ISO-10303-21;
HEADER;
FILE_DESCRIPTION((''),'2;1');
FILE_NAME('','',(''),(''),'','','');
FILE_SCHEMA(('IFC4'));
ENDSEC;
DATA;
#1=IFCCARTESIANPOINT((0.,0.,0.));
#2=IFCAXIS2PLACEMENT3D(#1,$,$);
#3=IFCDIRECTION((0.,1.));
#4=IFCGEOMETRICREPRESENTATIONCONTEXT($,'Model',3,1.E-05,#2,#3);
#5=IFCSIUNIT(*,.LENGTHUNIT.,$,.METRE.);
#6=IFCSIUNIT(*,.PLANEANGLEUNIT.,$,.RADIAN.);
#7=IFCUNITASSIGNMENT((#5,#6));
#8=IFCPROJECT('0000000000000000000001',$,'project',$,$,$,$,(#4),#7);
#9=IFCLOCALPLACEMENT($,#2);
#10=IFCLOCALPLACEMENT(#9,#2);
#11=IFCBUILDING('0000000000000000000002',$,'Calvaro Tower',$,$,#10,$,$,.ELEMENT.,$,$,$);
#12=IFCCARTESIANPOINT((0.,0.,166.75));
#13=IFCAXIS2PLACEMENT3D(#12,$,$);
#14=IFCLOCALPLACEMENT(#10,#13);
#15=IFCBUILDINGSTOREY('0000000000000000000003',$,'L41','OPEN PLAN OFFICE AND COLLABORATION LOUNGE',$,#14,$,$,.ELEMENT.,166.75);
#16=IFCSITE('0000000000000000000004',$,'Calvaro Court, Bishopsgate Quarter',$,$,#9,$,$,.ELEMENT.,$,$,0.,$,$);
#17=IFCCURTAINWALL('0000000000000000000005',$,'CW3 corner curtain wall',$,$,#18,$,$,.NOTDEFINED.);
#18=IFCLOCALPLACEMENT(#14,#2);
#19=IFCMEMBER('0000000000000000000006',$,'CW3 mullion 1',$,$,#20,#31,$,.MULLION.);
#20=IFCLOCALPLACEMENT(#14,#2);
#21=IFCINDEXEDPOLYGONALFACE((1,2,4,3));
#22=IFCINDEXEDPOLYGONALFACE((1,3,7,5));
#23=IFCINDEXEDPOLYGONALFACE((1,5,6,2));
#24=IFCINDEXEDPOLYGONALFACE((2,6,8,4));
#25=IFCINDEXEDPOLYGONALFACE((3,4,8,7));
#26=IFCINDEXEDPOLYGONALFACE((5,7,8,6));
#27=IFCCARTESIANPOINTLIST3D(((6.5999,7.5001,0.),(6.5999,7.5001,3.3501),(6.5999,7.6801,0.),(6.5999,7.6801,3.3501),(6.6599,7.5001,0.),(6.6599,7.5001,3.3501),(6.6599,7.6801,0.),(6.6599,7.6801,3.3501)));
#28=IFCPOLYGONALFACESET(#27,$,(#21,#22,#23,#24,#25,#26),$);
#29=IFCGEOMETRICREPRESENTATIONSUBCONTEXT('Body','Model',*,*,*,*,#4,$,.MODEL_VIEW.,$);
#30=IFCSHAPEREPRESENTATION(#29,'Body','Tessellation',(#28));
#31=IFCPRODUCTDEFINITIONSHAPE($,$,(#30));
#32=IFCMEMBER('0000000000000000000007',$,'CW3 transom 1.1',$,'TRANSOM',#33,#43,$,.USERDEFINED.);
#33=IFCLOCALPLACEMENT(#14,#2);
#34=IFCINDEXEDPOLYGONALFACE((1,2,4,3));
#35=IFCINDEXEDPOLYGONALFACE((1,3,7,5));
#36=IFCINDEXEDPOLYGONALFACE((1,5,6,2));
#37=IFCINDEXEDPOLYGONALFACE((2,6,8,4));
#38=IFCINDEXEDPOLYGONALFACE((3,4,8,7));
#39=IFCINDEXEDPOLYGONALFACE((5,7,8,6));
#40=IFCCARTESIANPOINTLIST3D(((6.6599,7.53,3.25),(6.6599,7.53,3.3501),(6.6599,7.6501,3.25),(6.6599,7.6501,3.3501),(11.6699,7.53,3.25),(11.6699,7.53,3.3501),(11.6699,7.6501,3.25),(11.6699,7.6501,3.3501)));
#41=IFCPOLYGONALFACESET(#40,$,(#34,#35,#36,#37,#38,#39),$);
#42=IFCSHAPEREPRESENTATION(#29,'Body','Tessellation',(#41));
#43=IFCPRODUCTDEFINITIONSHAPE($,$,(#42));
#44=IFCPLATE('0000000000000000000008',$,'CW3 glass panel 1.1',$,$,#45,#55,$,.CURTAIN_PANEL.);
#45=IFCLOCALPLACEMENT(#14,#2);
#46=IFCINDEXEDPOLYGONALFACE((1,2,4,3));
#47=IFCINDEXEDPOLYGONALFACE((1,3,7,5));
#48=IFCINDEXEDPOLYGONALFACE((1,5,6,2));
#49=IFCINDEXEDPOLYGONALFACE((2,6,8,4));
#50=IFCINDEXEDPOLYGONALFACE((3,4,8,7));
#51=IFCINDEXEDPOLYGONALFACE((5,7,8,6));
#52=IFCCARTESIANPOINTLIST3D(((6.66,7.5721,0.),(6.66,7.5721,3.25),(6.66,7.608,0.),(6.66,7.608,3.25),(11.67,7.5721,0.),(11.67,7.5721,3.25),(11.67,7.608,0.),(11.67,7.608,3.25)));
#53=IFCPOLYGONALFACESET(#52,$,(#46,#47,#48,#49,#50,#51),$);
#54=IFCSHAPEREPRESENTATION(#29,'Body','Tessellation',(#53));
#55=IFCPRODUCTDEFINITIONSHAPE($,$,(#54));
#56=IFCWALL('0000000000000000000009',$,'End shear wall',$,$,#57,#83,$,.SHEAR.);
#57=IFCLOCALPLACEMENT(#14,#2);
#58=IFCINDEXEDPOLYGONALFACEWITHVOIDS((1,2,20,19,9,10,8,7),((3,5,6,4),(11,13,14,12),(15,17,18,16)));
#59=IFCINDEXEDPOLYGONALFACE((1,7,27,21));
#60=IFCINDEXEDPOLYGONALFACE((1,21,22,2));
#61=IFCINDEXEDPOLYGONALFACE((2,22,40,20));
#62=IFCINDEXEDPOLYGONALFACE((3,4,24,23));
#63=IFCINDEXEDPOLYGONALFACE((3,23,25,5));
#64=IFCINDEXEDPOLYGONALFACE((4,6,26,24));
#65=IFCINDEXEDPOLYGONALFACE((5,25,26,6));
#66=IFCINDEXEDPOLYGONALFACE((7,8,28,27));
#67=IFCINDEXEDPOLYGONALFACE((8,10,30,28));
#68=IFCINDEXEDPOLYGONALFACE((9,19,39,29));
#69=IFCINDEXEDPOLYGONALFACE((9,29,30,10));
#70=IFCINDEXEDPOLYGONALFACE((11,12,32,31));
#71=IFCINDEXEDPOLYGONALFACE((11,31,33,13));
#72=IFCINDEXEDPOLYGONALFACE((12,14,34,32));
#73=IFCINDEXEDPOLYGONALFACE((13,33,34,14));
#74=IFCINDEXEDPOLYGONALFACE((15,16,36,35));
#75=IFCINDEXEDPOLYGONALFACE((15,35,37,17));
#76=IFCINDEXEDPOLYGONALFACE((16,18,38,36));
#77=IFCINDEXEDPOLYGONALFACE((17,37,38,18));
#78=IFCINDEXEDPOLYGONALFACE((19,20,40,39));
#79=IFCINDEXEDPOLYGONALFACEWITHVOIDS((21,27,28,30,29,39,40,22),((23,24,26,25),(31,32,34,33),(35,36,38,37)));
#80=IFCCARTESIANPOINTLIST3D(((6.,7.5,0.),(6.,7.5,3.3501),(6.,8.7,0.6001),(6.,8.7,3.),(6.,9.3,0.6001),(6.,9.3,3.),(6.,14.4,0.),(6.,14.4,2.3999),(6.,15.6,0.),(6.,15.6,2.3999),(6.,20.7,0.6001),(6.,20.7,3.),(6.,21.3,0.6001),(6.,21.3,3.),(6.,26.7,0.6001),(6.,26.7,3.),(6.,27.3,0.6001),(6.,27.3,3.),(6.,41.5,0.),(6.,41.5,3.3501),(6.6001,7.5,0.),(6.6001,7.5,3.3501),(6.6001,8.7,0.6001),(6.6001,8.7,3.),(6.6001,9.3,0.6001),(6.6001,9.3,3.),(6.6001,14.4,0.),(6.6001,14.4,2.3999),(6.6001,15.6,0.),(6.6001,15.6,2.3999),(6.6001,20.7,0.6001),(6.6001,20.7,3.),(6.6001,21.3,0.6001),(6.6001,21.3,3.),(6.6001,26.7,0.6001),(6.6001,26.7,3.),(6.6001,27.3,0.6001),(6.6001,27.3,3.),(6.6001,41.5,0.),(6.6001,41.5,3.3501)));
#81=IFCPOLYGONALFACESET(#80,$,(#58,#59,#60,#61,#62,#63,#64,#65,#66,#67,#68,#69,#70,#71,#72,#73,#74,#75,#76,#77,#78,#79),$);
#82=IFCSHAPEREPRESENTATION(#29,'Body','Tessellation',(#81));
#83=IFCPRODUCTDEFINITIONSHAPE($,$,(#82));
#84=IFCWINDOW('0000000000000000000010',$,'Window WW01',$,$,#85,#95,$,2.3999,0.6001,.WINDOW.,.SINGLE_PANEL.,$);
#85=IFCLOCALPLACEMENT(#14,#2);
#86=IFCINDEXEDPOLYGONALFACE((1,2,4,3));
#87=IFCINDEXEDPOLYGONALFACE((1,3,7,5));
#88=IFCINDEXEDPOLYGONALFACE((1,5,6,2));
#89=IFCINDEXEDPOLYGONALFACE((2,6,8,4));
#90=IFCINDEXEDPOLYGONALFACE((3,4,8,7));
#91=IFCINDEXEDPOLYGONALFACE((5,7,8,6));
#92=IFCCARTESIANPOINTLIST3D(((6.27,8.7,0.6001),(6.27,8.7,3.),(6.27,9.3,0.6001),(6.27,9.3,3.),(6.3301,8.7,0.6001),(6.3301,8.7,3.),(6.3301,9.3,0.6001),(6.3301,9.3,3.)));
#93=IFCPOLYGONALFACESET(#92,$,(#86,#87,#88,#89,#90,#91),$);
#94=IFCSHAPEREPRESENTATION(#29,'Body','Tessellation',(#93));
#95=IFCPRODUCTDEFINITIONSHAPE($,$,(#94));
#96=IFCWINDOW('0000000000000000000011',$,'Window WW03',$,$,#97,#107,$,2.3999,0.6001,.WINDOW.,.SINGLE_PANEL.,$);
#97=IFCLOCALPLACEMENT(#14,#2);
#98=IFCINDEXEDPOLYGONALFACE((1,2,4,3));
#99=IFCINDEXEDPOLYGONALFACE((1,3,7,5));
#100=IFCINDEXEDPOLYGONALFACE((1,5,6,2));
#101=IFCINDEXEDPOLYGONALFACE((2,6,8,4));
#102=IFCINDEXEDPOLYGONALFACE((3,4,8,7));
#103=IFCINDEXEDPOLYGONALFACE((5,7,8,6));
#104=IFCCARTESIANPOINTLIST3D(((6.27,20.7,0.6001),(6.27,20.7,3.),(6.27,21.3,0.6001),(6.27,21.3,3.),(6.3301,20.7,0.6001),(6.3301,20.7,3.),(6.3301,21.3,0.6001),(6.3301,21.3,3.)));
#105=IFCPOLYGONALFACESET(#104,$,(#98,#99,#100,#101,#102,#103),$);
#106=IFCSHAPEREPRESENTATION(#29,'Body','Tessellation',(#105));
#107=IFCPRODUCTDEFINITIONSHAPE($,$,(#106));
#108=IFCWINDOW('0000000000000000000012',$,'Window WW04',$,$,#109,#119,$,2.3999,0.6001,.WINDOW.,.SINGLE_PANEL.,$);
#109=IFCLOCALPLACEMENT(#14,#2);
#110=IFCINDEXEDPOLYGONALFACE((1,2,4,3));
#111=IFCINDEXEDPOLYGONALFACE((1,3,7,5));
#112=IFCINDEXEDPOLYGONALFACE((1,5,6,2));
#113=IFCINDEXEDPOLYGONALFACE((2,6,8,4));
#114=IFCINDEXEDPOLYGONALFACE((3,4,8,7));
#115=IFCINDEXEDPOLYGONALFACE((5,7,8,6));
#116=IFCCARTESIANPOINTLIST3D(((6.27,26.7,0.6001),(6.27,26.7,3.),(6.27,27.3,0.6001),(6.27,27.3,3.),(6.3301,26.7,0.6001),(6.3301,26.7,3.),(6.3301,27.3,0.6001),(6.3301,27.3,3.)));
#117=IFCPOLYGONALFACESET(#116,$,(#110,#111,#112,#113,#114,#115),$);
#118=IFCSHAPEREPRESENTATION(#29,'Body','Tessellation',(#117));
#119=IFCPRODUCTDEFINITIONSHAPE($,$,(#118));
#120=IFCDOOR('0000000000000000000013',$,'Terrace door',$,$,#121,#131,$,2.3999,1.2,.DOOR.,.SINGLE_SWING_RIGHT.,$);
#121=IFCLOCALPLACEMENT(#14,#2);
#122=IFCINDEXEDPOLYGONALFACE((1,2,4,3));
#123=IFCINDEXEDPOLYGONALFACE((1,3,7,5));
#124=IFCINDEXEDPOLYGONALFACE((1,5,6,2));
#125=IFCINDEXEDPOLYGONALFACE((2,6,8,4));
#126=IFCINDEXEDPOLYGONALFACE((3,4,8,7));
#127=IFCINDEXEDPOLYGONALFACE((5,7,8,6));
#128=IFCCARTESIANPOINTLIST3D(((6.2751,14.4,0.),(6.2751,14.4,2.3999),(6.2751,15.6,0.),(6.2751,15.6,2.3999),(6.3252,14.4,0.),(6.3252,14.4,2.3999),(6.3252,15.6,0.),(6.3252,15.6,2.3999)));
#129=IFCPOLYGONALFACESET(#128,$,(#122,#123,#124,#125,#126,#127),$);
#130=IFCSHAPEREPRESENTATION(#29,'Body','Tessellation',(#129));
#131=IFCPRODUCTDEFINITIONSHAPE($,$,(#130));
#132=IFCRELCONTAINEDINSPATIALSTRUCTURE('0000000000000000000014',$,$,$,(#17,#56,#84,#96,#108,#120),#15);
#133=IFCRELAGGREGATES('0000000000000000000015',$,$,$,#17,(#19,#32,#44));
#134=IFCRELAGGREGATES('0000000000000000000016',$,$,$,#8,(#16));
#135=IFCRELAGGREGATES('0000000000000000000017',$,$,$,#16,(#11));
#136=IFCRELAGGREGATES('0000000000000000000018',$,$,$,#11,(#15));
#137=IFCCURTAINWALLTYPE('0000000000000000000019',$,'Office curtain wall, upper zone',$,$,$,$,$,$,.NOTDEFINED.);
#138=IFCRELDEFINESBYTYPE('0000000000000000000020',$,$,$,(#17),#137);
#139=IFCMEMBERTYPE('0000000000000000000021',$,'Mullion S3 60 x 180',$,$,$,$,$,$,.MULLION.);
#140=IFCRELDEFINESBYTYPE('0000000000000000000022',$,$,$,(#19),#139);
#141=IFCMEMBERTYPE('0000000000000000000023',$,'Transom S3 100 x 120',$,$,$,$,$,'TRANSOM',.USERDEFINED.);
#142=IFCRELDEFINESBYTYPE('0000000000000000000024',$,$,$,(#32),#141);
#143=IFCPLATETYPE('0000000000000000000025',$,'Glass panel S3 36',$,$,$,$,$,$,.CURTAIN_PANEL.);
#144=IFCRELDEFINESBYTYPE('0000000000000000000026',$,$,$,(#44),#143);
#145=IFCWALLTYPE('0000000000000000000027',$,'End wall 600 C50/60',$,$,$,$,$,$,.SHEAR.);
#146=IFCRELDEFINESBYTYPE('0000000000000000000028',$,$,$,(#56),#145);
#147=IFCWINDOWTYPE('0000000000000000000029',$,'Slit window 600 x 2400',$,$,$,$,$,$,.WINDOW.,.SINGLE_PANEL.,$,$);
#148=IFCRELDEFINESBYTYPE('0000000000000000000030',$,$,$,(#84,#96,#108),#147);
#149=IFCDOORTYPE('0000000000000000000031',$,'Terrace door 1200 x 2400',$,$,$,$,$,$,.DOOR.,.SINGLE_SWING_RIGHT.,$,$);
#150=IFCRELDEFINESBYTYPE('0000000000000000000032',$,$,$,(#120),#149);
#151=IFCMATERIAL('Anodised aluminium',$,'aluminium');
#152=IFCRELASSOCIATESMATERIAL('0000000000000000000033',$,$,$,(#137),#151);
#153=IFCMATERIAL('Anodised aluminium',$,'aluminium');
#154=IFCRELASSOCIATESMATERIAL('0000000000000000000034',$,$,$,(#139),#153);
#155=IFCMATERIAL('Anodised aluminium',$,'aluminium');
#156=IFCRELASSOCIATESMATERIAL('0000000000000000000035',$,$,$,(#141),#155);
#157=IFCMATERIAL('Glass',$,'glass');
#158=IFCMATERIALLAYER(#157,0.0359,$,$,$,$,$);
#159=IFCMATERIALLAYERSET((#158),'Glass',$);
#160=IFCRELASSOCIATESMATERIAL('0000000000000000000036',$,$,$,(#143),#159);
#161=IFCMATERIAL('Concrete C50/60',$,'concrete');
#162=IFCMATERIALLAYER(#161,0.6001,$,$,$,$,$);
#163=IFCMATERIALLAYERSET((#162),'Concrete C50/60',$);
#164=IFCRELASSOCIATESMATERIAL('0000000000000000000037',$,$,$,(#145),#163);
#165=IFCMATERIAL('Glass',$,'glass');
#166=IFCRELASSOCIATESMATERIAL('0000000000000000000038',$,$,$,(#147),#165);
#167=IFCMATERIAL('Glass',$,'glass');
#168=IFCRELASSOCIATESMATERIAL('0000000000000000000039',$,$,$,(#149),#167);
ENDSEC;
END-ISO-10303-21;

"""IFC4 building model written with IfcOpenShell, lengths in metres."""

from ifc_helpers import new_model, si_unit, direction, frame, frame_2d, origin, origin_2d, place, context, subcontext, project, spatial, rectangle, extrude, material, layer, layer_set, material_profile, profile_set, type_object, element, fill, aggregate, save


model = new_model("IFC4")

# Units and contexts
model_context = context("Model", 3, precision=1e-05, world=origin(), true_north=direction((0.0, 1.0)))
body_context = subcontext(model_context, "Body", "Model", "MODEL_VIEW")
ifc_project = project(units=[si_unit("LENGTHUNIT", "METRE"), si_unit("PLANEANGLEUNIT", "RADIAN")], contexts=[model_context])

# Site, building, storey
site_placement = place(None, origin())
site = spatial("IfcSite", under=ifc_project, at=site_placement, Name="Calvaro Court, Bishopsgate Quarter", CompositionType="ELEMENT", RefElevation=0.0)
building_placement = place(site_placement, origin())
building = spatial("IfcBuilding", under=site, at=building_placement, Name="Calvaro Tower", CompositionType="ELEMENT")
storey_placement = place(building_placement, frame((0.0, 0.0, 166.75)))
storey = spatial("IfcBuildingStorey", under=building, at=storey_placement, Name="L41", Description="OPEN PLAN OFFICE AND COLLABORATION LOUNGE", CompositionType="ELEMENT", Elevation=166.75)

# Curtain wall, members, plate
ifc_material_1 = material(Name="Anodised aluminium", Category="aluminium")
curtain_wall_type = type_object("IfcCurtainWallType", Name="Office curtain wall, upper zone", PredefinedType="NOTDEFINED", material=ifc_material_1)
curtain_wall_placement = place(storey_placement, origin())
curtain_wall = element("IfcCurtainWall", 1, at=curtain_wall_placement, inside=storey, type_object=curtain_wall_type, Name="CW3 corner curtain wall", PredefinedType="NOTDEFINED")
ifc_material_2 = material(Name="Anodised aluminium", Category="aluminium")
ifc_material_profile_1 = material_profile(ifc_material_2, rectangle(XDim=0.1799, YDim=0.0601, at=origin_2d()), Name="Mullion S3 60 x 180")
ifc_profile_set_1 = profile_set([ifc_material_profile_1], Name="Anodised aluminium")
member_type_1 = type_object("IfcMemberType", Name="Mullion S3 60 x 180", PredefinedType="MULLION", material=ifc_profile_set_1)
member_1_placement = place(storey_placement, frame((6.6299, 7.5901, 0.0), z_axis=(0.0, 0.0, 1.0), x_axis=(0.0, 1.0, 0.0)))
member_1 = element("IfcMember", 2, at=member_1_placement, type_object=member_type_1, Name="CW3 mullion 1", PredefinedType="MULLION", context=body_context, shape_type="SweptSolid", body=[
    extrude(rectangle(XDim=0.1799, YDim=0.0601, at=origin_2d()), origin(), (0.0, 0.0, 1.0), 3.3501),
])
ifc_material_3 = material(Name="Anodised aluminium", Category="aluminium")
ifc_material_profile_2 = material_profile(ifc_material_3, rectangle(XDim=0.1201, YDim=0.1001, at=origin_2d()), Name="Transom S3 100 x 120")
ifc_profile_set_2 = profile_set([ifc_material_profile_2], Name="Anodised aluminium")
member_type_2 = type_object("IfcMemberType", Name="Transom S3 100 x 120", ElementType="TRANSOM", PredefinedType="USERDEFINED", material=ifc_profile_set_2)
member_2_placement = place(storey_placement, frame((6.6599, 7.5901, 3.3), z_axis=(1.0, 0.0, 0.0), x_axis=(0.0, 1.0, 0.0)))
member_2 = element("IfcMember", 3, at=member_2_placement, type_object=member_type_2, Name="CW3 transom 1.1", ObjectType="TRANSOM", PredefinedType="USERDEFINED", context=body_context, shape_type="SweptSolid", body=[
    extrude(rectangle(XDim=0.1201, YDim=0.1001, at=origin_2d()), origin(), (0.0, 0.0, 1.0), 5.01),
])
ifc_material_4 = material(Name="Glass", Category="glass")
ifc_layer_1 = layer(ifc_material_4, 0.0359)
ifc_layer_set_1 = layer_set([ifc_layer_1], Name="Glass")
plate_type = type_object("IfcPlateType", Name="Glass panel S3 36", PredefinedType="CURTAIN_PANEL", material=ifc_layer_set_1)
plate_placement = place(storey_placement, frame((9.165, 7.5901, 0.0), z_axis=(0.0, 0.0, 1.0), x_axis=(1.0, 0.0, 0.0)))
plate = element("IfcPlate", 4, at=plate_placement, type_object=plate_type, Name="CW3 glass panel 1.1", PredefinedType="CURTAIN_PANEL", context=body_context, shape_type="SweptSolid", body=[
    extrude(rectangle(XDim=5.01, YDim=0.0359, at=origin_2d()), origin(), (0.0, 0.0, 1.0), 3.25),
])
aggregate(curtain_wall, [member_1, member_2, plate])

# Wall, openings, windows, door
ifc_material_5 = material(Name="Concrete C50/60", Category="concrete")
ifc_layer_2 = layer(ifc_material_5, 0.6001)
ifc_layer_set_2 = layer_set([ifc_layer_2], Name="Concrete C50/60")
wall_type_1 = type_object("IfcWallType", Name="End wall 600 C50/60", PredefinedType="SHEAR", material=ifc_layer_set_2)
wall_1_placement = place(storey_placement, frame((6.3, 7.5, 0.0), z_axis=(0.0, 0.0, 1.0), x_axis=(0.0, 1.0, 0.0)))
wall_1 = element("IfcWall", 5, at=wall_1_placement, inside=storey, type_object=wall_type_1, Name="End shear wall", PredefinedType="SHEAR", context=body_context, shape_type="SweptSolid", body=[
    extrude(rectangle(XDim=34.0, YDim=0.6001, at=frame_2d((17.0, 0.0))), origin(), (0.0, 0.0, 1.0), 3.3501),
])
opening_1_placement = place(wall_1_placement, frame((1.2, 0.0, 0.6001)))
opening_1 = element("IfcOpeningElement", 6, at=opening_1_placement, cuts=wall_1, PredefinedType="OPENING", context=body_context, shape_type="SweptSolid", body=[
    extrude(rectangle(XDim=0.6001, YDim=2.3999, at=frame_2d((0.3, 1.2))), frame((0.0, 0.3101, 0.0), z_axis=(0.0, -1.0, 0.0), x_axis=(1.0, 0.0, 0.0)), (0.0, 0.0, 1.0), 0.6201),
])
opening_2_placement = place(wall_1_placement, frame((13.2, 0.0, 0.6001)))
opening_2 = element("IfcOpeningElement", 7, at=opening_2_placement, cuts=wall_1, PredefinedType="OPENING", context=body_context, shape_type="SweptSolid", body=[
    extrude(rectangle(XDim=0.6001, YDim=2.3999, at=frame_2d((0.3, 1.2))), frame((0.0, 0.3101, 0.0), z_axis=(0.0, -1.0, 0.0), x_axis=(1.0, 0.0, 0.0)), (0.0, 0.0, 1.0), 0.6201),
])
opening_3_placement = place(wall_1_placement, frame((19.2, 0.0, 0.6001)))
opening_3 = element("IfcOpeningElement", 8, at=opening_3_placement, cuts=wall_1, PredefinedType="OPENING", context=body_context, shape_type="SweptSolid", body=[
    extrude(rectangle(XDim=0.6001, YDim=2.3999, at=frame_2d((0.3, 1.2))), frame((0.0, 0.3101, 0.0), z_axis=(0.0, -1.0, 0.0), x_axis=(1.0, 0.0, 0.0)), (0.0, 0.0, 1.0), 0.6201),
])
opening_4_placement = place(wall_1_placement, frame((6.8999, 0.0, 0.0)))
opening_4 = element("IfcOpeningElement", 9, at=opening_4_placement, cuts=wall_1, PredefinedType="OPENING", context=body_context, shape_type="SweptSolid", body=[
    extrude(rectangle(XDim=1.2, YDim=2.3999, at=frame_2d((0.6001, 1.2))), frame((0.0, 0.3101, 0.0), z_axis=(0.0, -1.0, 0.0), x_axis=(1.0, 0.0, 0.0)), (0.0, 0.0, 1.0), 0.6201),
])
ifc_material_6 = material(Name="Glass", Category="glass")
window_type = type_object("IfcWindowType", Name="Slit window 600 x 2400", PartitioningType="SINGLE_PANEL", PredefinedType="WINDOW", material=ifc_material_6)
window_1_placement = place(opening_1_placement, origin())
window_1 = element("IfcWindow", 10, at=window_1_placement, inside=storey, type_object=window_type, Name="Window WW01", OverallHeight=2.3999, OverallWidth=0.6001, PartitioningType="SINGLE_PANEL", PredefinedType="WINDOW", context=body_context, shape_type="SweptSolid", body=[
    extrude(rectangle(XDim=0.6001, YDim=2.3999, at=frame_2d((0.3, 1.2))), frame((0.0, 0.03, 0.0), z_axis=(0.0, -1.0, 0.0), x_axis=(1.0, 0.0, 0.0)), (0.0, 0.0, 1.0), 0.0601),
])
fill(opening_1, window_1)
window_2_placement = place(opening_2_placement, origin())
window_2 = element("IfcWindow", 11, at=window_2_placement, inside=storey, type_object=window_type, Name="Window WW03", OverallHeight=2.3999, OverallWidth=0.6001, PartitioningType="SINGLE_PANEL", PredefinedType="WINDOW", context=body_context, shape_type="SweptSolid", body=[
    extrude(rectangle(XDim=0.6001, YDim=2.3999, at=frame_2d((0.3, 1.2))), frame((0.0, 0.03, 0.0), z_axis=(0.0, -1.0, 0.0), x_axis=(1.0, 0.0, 0.0)), (0.0, 0.0, 1.0), 0.0601),
])
fill(opening_2, window_2)
window_3_placement = place(opening_3_placement, origin())
window_3 = element("IfcWindow", 12, at=window_3_placement, inside=storey, type_object=window_type, Name="Window WW04", OverallHeight=2.3999, OverallWidth=0.6001, PartitioningType="SINGLE_PANEL", PredefinedType="WINDOW", context=body_context, shape_type="SweptSolid", body=[
    extrude(rectangle(XDim=0.6001, YDim=2.3999, at=frame_2d((0.3, 1.2))), frame((0.0, 0.03, 0.0), z_axis=(0.0, -1.0, 0.0), x_axis=(1.0, 0.0, 0.0)), (0.0, 0.0, 1.0), 0.0601),
])
fill(opening_3, window_3)
ifc_material_7 = material(Name="Glass", Category="glass")
door_type_1 = type_object("IfcDoorType", Name="Terrace door 1200 x 2400", OperationType="SINGLE_SWING_RIGHT", PredefinedType="DOOR", material=ifc_material_7)
door_1_placement = place(opening_4_placement, origin())
door_1 = element("IfcDoor", 13, at=door_1_placement, inside=storey, type_object=door_type_1, Name="Terrace door", OperationType="SINGLE_SWING_RIGHT", OverallHeight=2.3999, OverallWidth=1.2, PredefinedType="DOOR", context=body_context, shape_type="SweptSolid", body=[
    extrude(rectangle(XDim=1.2, YDim=2.3999, at=frame_2d((0.6001, 1.2))), frame((0.0, 0.0249, 0.0), z_axis=(0.0, -1.0, 0.0), x_axis=(1.0, 0.0, 0.0)), (0.0, 0.0, 1.0), 0.05),
])
fill(opening_4, door_1)

save(model, "model.ifc")
